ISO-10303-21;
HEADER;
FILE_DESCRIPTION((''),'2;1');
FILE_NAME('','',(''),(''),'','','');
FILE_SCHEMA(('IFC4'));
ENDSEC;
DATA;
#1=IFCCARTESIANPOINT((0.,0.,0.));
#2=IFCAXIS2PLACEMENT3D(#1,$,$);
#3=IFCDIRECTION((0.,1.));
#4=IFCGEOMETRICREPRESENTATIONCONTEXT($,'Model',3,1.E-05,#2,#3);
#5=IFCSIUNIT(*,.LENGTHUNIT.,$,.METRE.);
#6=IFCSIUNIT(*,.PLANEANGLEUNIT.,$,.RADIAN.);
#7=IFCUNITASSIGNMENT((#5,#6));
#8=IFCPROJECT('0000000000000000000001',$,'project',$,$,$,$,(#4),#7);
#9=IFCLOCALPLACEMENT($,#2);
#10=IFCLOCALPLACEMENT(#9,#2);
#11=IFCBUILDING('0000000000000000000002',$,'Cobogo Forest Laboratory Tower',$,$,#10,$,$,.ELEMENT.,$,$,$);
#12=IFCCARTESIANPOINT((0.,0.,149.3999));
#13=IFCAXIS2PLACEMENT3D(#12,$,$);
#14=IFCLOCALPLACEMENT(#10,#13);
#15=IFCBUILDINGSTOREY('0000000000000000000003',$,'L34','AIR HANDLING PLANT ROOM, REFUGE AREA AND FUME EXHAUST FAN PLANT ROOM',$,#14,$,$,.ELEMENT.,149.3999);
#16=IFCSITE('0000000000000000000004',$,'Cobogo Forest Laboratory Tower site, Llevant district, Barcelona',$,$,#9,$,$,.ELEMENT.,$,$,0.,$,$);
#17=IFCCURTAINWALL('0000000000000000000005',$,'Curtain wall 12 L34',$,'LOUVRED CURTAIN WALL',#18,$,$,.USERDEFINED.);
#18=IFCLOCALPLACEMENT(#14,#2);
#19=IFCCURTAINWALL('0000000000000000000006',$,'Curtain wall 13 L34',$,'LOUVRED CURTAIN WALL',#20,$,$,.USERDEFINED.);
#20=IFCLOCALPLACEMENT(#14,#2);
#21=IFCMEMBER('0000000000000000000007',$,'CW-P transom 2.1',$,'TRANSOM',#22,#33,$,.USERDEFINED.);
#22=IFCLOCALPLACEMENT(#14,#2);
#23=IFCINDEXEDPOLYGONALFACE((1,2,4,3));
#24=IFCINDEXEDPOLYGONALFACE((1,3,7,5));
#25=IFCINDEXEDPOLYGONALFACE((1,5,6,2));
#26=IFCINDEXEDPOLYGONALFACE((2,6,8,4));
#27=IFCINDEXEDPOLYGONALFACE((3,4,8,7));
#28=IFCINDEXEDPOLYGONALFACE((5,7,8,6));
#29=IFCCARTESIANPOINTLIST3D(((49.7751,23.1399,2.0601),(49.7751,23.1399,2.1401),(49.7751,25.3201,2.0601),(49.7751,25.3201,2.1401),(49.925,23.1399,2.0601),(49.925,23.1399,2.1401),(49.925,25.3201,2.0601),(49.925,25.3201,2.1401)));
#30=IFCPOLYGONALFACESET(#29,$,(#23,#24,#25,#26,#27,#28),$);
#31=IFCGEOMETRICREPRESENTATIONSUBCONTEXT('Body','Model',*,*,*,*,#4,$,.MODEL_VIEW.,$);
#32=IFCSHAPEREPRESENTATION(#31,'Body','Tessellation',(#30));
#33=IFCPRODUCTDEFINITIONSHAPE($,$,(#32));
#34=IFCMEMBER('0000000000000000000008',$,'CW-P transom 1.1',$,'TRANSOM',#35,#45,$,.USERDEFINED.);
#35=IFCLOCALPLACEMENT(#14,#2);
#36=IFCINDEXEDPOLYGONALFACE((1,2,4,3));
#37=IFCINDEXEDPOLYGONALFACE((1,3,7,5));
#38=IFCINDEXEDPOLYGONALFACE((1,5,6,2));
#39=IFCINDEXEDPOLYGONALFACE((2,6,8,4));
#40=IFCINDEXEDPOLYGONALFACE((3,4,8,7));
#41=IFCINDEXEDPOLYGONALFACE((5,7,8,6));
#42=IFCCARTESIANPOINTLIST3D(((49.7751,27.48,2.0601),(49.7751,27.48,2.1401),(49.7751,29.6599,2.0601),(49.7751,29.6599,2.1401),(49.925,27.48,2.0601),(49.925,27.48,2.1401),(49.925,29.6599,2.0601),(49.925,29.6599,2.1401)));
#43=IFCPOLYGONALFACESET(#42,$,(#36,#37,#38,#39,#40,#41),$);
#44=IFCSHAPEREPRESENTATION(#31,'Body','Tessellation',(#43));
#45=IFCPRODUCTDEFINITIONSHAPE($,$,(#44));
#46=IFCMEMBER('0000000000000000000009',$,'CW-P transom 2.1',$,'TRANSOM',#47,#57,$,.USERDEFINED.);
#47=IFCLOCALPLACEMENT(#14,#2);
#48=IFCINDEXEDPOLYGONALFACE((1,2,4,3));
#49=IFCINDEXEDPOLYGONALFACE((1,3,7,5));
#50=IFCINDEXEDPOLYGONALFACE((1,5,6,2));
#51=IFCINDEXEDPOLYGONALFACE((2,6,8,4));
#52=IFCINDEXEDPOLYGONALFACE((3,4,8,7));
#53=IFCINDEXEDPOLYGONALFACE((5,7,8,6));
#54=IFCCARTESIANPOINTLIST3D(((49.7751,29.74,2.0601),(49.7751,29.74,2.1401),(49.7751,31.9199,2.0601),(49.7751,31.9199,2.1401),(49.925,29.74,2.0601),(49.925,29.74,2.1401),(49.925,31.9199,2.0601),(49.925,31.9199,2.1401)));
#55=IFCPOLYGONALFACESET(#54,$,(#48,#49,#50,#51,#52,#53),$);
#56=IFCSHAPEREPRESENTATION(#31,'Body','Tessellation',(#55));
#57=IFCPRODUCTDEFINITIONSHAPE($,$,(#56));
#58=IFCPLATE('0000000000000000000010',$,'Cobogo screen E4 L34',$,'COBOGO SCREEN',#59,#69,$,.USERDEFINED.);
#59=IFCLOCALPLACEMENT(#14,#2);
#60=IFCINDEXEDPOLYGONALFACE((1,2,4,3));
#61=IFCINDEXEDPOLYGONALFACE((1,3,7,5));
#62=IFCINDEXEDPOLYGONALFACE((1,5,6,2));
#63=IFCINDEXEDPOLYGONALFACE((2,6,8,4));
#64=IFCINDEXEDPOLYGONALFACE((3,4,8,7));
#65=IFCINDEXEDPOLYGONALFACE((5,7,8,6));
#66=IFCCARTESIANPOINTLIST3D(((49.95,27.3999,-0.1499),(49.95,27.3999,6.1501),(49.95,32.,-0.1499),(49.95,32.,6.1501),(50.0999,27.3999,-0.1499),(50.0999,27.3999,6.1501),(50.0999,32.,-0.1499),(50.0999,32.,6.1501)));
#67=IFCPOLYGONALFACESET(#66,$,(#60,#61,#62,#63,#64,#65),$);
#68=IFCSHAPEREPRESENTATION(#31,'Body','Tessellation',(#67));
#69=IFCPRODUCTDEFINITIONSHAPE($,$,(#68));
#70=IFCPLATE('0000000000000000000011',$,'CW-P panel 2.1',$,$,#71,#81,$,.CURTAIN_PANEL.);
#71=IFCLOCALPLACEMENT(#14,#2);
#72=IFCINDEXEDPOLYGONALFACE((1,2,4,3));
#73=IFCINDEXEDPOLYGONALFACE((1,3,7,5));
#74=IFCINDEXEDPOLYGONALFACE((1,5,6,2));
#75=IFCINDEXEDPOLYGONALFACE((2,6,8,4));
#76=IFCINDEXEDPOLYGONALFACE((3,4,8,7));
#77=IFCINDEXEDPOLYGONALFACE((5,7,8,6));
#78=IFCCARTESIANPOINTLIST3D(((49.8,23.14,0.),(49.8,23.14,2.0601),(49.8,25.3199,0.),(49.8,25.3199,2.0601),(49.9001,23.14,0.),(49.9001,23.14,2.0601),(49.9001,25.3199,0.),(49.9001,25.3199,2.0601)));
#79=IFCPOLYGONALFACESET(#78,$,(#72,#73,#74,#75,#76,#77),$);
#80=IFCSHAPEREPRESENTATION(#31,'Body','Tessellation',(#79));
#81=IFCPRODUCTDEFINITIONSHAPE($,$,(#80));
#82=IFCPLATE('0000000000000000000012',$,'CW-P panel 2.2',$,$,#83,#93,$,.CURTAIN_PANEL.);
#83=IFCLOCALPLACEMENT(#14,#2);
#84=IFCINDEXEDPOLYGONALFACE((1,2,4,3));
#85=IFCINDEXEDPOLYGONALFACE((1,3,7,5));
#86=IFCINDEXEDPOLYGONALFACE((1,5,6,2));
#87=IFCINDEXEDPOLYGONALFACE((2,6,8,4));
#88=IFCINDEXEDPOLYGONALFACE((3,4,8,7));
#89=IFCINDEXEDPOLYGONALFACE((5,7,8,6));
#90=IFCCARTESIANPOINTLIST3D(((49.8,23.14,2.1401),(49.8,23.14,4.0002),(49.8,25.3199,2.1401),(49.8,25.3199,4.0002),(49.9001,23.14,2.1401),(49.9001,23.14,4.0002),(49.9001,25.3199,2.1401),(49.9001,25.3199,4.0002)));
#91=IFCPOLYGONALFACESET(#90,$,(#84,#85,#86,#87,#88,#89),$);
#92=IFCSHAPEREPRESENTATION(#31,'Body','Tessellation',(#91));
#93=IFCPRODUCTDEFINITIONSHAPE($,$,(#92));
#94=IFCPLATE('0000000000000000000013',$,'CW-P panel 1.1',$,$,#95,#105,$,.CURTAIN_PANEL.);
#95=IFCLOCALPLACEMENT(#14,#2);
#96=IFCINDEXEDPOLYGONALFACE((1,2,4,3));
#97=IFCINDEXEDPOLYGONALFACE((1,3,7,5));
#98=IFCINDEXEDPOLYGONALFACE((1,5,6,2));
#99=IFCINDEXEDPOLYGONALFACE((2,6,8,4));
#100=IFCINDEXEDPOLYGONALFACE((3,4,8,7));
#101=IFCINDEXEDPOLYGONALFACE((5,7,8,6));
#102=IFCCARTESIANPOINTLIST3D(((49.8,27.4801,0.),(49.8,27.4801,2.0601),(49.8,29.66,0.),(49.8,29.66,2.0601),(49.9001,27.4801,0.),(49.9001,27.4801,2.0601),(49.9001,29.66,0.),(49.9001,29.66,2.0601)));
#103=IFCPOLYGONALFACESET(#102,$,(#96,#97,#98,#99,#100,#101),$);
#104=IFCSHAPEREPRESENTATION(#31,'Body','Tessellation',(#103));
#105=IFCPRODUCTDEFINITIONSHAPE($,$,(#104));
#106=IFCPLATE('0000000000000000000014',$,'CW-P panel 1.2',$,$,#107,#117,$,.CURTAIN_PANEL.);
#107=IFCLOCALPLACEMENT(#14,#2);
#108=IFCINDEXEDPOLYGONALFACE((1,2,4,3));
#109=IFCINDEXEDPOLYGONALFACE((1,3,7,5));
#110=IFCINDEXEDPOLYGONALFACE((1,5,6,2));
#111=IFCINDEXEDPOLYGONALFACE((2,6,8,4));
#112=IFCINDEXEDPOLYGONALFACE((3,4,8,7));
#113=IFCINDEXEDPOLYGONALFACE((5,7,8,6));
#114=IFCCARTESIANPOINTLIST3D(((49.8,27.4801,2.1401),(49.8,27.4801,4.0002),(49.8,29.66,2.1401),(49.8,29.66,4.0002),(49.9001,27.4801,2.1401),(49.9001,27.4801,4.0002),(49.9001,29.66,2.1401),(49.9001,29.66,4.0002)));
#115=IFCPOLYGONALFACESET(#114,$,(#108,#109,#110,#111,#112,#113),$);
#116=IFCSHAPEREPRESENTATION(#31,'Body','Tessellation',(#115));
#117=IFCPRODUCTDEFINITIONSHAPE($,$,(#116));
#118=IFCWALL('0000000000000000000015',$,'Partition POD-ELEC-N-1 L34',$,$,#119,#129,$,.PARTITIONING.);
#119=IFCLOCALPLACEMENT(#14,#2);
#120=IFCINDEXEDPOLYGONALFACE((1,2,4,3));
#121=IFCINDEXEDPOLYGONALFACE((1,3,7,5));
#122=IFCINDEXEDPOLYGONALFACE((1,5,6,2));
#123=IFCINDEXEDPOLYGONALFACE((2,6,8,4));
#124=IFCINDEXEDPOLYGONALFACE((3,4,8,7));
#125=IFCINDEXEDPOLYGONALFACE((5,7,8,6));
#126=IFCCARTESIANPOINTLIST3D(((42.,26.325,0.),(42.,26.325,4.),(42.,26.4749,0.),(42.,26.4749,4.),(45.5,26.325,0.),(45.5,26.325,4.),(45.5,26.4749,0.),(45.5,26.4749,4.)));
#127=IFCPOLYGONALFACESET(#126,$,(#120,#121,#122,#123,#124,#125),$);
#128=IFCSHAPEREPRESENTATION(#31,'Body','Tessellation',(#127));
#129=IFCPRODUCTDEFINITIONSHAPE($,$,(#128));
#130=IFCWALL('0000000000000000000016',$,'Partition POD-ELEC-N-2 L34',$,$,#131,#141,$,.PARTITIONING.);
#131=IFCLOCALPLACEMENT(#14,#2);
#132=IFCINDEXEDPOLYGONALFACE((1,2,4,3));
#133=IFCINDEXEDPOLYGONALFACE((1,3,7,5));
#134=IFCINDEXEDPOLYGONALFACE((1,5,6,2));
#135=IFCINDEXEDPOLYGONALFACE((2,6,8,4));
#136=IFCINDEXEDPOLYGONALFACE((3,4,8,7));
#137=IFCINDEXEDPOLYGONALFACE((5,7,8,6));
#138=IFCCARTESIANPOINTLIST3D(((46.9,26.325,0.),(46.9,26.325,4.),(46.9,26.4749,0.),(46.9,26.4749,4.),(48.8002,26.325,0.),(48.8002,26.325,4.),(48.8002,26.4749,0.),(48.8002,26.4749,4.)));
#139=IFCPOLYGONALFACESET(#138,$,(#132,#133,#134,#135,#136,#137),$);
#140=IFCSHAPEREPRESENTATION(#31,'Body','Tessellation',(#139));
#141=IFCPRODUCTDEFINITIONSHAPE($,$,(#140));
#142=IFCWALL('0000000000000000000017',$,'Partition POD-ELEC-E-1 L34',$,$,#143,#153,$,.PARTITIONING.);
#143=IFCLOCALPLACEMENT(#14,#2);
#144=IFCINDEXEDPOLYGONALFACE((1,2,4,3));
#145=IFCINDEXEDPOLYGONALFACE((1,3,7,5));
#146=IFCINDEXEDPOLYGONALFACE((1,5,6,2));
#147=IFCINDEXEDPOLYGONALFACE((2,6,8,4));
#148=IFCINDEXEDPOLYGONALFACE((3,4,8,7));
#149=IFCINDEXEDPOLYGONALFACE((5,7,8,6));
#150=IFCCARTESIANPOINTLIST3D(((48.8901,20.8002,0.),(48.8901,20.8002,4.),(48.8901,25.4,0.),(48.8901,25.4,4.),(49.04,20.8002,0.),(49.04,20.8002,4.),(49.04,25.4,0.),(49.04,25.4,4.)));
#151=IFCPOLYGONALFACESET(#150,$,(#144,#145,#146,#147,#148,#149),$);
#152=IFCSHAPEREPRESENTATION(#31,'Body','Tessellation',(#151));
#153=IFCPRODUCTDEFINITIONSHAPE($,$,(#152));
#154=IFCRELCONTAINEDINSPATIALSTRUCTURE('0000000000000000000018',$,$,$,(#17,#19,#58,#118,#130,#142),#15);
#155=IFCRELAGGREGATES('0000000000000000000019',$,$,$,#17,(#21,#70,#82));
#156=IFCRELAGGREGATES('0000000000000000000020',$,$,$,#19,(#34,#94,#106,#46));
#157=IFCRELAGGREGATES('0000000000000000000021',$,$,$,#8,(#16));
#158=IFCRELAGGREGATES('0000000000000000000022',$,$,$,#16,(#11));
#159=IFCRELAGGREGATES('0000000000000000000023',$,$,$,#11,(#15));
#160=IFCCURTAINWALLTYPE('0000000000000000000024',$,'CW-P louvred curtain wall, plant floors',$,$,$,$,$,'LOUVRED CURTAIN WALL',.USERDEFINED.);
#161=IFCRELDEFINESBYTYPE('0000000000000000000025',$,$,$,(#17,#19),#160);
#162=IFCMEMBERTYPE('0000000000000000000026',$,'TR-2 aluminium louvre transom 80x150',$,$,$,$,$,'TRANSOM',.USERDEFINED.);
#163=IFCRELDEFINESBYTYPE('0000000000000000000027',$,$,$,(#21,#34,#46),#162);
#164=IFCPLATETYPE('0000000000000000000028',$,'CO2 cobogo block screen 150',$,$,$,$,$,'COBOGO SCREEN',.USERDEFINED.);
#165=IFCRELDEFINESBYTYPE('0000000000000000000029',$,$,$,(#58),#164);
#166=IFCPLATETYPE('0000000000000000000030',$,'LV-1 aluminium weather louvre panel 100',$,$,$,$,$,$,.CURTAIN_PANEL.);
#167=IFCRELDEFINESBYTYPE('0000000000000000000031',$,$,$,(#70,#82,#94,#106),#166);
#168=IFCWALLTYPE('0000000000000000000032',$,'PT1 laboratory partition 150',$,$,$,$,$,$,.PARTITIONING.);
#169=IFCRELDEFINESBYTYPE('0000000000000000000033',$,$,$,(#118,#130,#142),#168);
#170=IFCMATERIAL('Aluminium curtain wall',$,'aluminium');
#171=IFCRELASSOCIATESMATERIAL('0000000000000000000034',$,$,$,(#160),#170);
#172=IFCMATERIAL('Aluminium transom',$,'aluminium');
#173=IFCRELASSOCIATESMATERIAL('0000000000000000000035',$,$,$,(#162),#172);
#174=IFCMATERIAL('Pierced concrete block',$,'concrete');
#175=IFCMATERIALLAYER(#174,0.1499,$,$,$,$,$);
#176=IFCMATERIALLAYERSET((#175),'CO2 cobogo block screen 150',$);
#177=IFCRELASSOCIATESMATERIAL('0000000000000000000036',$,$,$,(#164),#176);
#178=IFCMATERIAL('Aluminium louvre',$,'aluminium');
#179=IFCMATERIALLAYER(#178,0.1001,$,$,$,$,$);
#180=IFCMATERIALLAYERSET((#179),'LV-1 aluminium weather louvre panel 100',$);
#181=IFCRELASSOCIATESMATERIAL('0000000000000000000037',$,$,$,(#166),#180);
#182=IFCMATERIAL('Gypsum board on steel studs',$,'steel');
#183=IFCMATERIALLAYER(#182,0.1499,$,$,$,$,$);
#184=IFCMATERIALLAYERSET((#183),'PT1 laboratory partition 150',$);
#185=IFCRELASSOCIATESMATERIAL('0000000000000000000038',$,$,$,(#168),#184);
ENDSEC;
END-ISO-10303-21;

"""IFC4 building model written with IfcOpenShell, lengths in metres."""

from ifc_helpers import new_model, si_unit, direction, frame, frame_2d, origin, origin_2d, place, context, subcontext, project, spatial, rectangle, extrude, material, layer, layer_set, material_profile, profile_set, type_object, element, aggregate, save


model = new_model("IFC4")

# Units and contexts
model_context = context("Model", 3, precision=1e-05, world=origin(), true_north=direction((0.0, 1.0)))
body_context = subcontext(model_context, "Body", "Model", "MODEL_VIEW")
ifc_project = project(units=[si_unit("LENGTHUNIT", "METRE"), si_unit("PLANEANGLEUNIT", "RADIAN")], contexts=[model_context])

# Site, building, storey
site_placement = place(None, origin())
site = spatial("IfcSite", under=ifc_project, at=site_placement, Name="Cobogo Forest Laboratory Tower site, Llevant district, Barcelona", CompositionType="ELEMENT", RefElevation=0.0)
building_placement = place(site_placement, origin())
building = spatial("IfcBuilding", under=site, at=building_placement, Name="Cobogo Forest Laboratory Tower", CompositionType="ELEMENT")
storey_placement = place(building_placement, frame((0.0, 0.0, 149.3999)))
storey = spatial("IfcBuildingStorey", under=building, at=storey_placement, Name="L34", Description="AIR HANDLING PLANT ROOM, REFUGE AREA AND FUME EXHAUST FAN PLANT ROOM", CompositionType="ELEMENT", Elevation=149.3999)

# Curtain wall
ifc_material_1 = material(Name="Aluminium curtain wall", Category="aluminium")
curtain_wall_type = type_object("IfcCurtainWallType", Name="CW-P louvred curtain wall, plant floors", ElementType="LOUVRED CURTAIN WALL", PredefinedType="USERDEFINED", material=ifc_material_1)
curtain_wall_1_placement = place(storey_placement, origin())
curtain_wall_1 = element("IfcCurtainWall", 1, at=curtain_wall_1_placement, inside=storey, type_object=curtain_wall_type, Name="Curtain wall 12 L34", ObjectType="LOUVRED CURTAIN WALL", PredefinedType="USERDEFINED")

# Curtain wall
curtain_wall_2_placement = place(storey_placement, origin())
curtain_wall_2 = element("IfcCurtainWall", 2, at=curtain_wall_2_placement, inside=storey, type_object=curtain_wall_type, Name="Curtain wall 13 L34", ObjectType="LOUVRED CURTAIN WALL", PredefinedType="USERDEFINED")

# Members
ifc_material_2 = material(Name="Aluminium transom", Category="aluminium")
ifc_material_profile_1 = material_profile(ifc_material_2, rectangle(XDim=0.1499, YDim=0.0801, at=origin_2d()), Name="AL 80x150")
ifc_profile_set_1 = profile_set([ifc_material_profile_1], Name="Aluminium transom")
member_type_1 = type_object("IfcMemberType", Name="TR-2 aluminium louvre transom 80x150", ElementType="TRANSOM", PredefinedType="USERDEFINED", material=ifc_profile_set_1)
member_1_placement = place(storey_placement, frame((49.8501, 23.1399, 2.1001), z_axis=(0.0, 1.0, 0.0), x_axis=(-1.0, 0.0, 0.0)))
member_1 = element("IfcMember", 3, at=member_1_placement, type_object=member_type_1, Name="CW-P transom 2.1", ObjectType="TRANSOM", PredefinedType="USERDEFINED", context=body_context, shape_type="SweptSolid", body=[
    extrude(rectangle(XDim=0.1499, YDim=0.0801, at=origin_2d()), origin(), (0.0, 0.0, 1.0), 2.1802),
])
member_2_placement = place(storey_placement, frame((49.8501, 27.48, 2.1001), z_axis=(0.0, 1.0, 0.0), x_axis=(-1.0, 0.0, 0.0)))
member_2 = element("IfcMember", 4, at=member_2_placement, type_object=member_type_1, Name="CW-P transom 1.1", ObjectType="TRANSOM", PredefinedType="USERDEFINED", context=body_context, shape_type="SweptSolid", body=[
    extrude(rectangle(XDim=0.1499, YDim=0.0801, at=origin_2d()), origin(), (0.0, 0.0, 1.0), 2.1799),
])
member_3_placement = place(storey_placement, frame((49.8501, 29.74, 2.1001), z_axis=(0.0, 1.0, 0.0), x_axis=(-1.0, 0.0, 0.0)))
member_3 = element("IfcMember", 5, at=member_3_placement, type_object=member_type_1, Name="CW-P transom 2.1", ObjectType="TRANSOM", PredefinedType="USERDEFINED", context=body_context, shape_type="SweptSolid", body=[
    extrude(rectangle(XDim=0.1499, YDim=0.0801, at=origin_2d()), origin(), (0.0, 0.0, 1.0), 2.1799),
])

# Plates
ifc_material_3 = material(Name="Pierced concrete block", Category="concrete")
ifc_layer_1 = layer(ifc_material_3, 0.1499)
ifc_layer_set_1 = layer_set([ifc_layer_1], Name="CO2 cobogo block screen 150")
plate_type_1 = type_object("IfcPlateType", Name="CO2 cobogo block screen 150", ElementType="COBOGO SCREEN", PredefinedType="USERDEFINED", material=ifc_layer_set_1)
plate_1_placement = place(storey_placement, frame((50.0249, 29.7, -0.1499), z_axis=(0.0, 0.0, 1.0), x_axis=(0.0, 1.0, 0.0)))
element("IfcPlate", 6, at=plate_1_placement, inside=storey, type_object=plate_type_1, Name="Cobogo screen E4 L34", ObjectType="COBOGO SCREEN", PredefinedType="USERDEFINED", context=body_context, shape_type="SweptSolid", body=[
    extrude(rectangle(XDim=4.6001, YDim=0.1499, at=origin_2d()), origin(), (0.0, 0.0, 1.0), 6.3),
])
ifc_material_4 = material(Name="Aluminium louvre", Category="aluminium")
ifc_layer_2 = layer(ifc_material_4, 0.1001)
ifc_layer_set_2 = layer_set([ifc_layer_2], Name="LV-1 aluminium weather louvre panel 100")
plate_type_2 = type_object("IfcPlateType", Name="LV-1 aluminium weather louvre panel 100", PredefinedType="CURTAIN_PANEL", material=ifc_layer_set_2)
plate_2_placement = place(storey_placement, frame((49.8501, 24.23, 0.0), z_axis=(0.0, 0.0, 1.0), x_axis=(0.0, 1.0, 0.0)))
plate_2 = element("IfcPlate", 7, at=plate_2_placement, type_object=plate_type_2, Name="CW-P panel 2.1", PredefinedType="CURTAIN_PANEL", context=body_context, shape_type="SweptSolid", body=[
    extrude(rectangle(XDim=2.1799, YDim=0.1001, at=origin_2d()), origin(), (0.0, 0.0, 1.0), 2.0601),
])
plate_3_placement = place(storey_placement, frame((49.8501, 24.23, 2.1401), z_axis=(0.0, 0.0, 1.0), x_axis=(0.0, 1.0, 0.0)))
plate_3 = element("IfcPlate", 8, at=plate_3_placement, type_object=plate_type_2, Name="CW-P panel 2.2", PredefinedType="CURTAIN_PANEL", context=body_context, shape_type="SweptSolid", body=[
    extrude(rectangle(XDim=2.1799, YDim=0.1001, at=origin_2d()), origin(), (0.0, 0.0, 1.0), 1.8601),
])
aggregate(curtain_wall_1, [member_1, plate_2, plate_3])
plate_4_placement = place(storey_placement, frame((49.8501, 28.5701, 0.0), z_axis=(0.0, 0.0, 1.0), x_axis=(0.0, 1.0, 0.0)))
plate_4 = element("IfcPlate", 9, at=plate_4_placement, type_object=plate_type_2, Name="CW-P panel 1.1", PredefinedType="CURTAIN_PANEL", context=body_context, shape_type="SweptSolid", body=[
    extrude(rectangle(XDim=2.1799, YDim=0.1001, at=origin_2d()), origin(), (0.0, 0.0, 1.0), 2.0601),
])
plate_5_placement = place(storey_placement, frame((49.8501, 28.5701, 2.1401), z_axis=(0.0, 0.0, 1.0), x_axis=(0.0, 1.0, 0.0)))
plate_5 = element("IfcPlate", 10, at=plate_5_placement, type_object=plate_type_2, Name="CW-P panel 1.2", PredefinedType="CURTAIN_PANEL", context=body_context, shape_type="SweptSolid", body=[
    extrude(rectangle(XDim=2.1799, YDim=0.1001, at=origin_2d()), origin(), (0.0, 0.0, 1.0), 1.8601),
])
aggregate(curtain_wall_2, [member_2, plate_4, plate_5, member_3])

# Walls
ifc_material_5 = material(Name="Gypsum board on steel studs", Category="steel")
ifc_layer_3 = layer(ifc_material_5, 0.1499)
ifc_layer_set_3 = layer_set([ifc_layer_3], Name="PT1 laboratory partition 150")
wall_type = type_object("IfcWallType", Name="PT1 laboratory partition 150", PredefinedType="PARTITIONING", material=ifc_layer_set_3)
wall_1_placement = place(storey_placement, frame((42.0, 26.3999, 0.0), z_axis=(0.0, 0.0, 1.0), x_axis=(1.0, 0.0, 0.0)))
element("IfcWall", 11, at=wall_1_placement, inside=storey, type_object=wall_type, Name="Partition POD-ELEC-N-1 L34", PredefinedType="PARTITIONING", context=body_context, shape_type="SweptSolid", body=[
    extrude(rectangle(XDim=3.5, YDim=0.1499, at=frame_2d((1.75, 0.0))), origin(), (0.0, 0.0, 1.0), 4.0),
])
wall_2_placement = place(storey_placement, frame((46.8999, 26.3999, 0.0), z_axis=(0.0, 0.0, 1.0), x_axis=(1.0, 0.0, 0.0)))
element("IfcWall", 12, at=wall_2_placement, inside=storey, type_object=wall_type, Name="Partition POD-ELEC-N-2 L34", PredefinedType="PARTITIONING", context=body_context, shape_type="SweptSolid", body=[
    extrude(rectangle(XDim=1.9001, YDim=0.1499, at=frame_2d((0.9502, 0.0))), origin(), (0.0, 0.0, 1.0), 4.0),
])
wall_3_placement = place(storey_placement, frame((48.9651, 25.3999, 0.0), z_axis=(0.0, 0.0, 1.0), x_axis=(0.0, -1.0, 0.0)))
element("IfcWall", 13, at=wall_3_placement, inside=storey, type_object=wall_type, Name="Partition POD-ELEC-E-1 L34", PredefinedType="PARTITIONING", context=body_context, shape_type="SweptSolid", body=[
    extrude(rectangle(XDim=4.5999, YDim=0.1499, at=frame_2d((2.2998, 0.0))), origin(), (0.0, 0.0, 1.0), 4.0),
])

save(model, "model.ifc")
